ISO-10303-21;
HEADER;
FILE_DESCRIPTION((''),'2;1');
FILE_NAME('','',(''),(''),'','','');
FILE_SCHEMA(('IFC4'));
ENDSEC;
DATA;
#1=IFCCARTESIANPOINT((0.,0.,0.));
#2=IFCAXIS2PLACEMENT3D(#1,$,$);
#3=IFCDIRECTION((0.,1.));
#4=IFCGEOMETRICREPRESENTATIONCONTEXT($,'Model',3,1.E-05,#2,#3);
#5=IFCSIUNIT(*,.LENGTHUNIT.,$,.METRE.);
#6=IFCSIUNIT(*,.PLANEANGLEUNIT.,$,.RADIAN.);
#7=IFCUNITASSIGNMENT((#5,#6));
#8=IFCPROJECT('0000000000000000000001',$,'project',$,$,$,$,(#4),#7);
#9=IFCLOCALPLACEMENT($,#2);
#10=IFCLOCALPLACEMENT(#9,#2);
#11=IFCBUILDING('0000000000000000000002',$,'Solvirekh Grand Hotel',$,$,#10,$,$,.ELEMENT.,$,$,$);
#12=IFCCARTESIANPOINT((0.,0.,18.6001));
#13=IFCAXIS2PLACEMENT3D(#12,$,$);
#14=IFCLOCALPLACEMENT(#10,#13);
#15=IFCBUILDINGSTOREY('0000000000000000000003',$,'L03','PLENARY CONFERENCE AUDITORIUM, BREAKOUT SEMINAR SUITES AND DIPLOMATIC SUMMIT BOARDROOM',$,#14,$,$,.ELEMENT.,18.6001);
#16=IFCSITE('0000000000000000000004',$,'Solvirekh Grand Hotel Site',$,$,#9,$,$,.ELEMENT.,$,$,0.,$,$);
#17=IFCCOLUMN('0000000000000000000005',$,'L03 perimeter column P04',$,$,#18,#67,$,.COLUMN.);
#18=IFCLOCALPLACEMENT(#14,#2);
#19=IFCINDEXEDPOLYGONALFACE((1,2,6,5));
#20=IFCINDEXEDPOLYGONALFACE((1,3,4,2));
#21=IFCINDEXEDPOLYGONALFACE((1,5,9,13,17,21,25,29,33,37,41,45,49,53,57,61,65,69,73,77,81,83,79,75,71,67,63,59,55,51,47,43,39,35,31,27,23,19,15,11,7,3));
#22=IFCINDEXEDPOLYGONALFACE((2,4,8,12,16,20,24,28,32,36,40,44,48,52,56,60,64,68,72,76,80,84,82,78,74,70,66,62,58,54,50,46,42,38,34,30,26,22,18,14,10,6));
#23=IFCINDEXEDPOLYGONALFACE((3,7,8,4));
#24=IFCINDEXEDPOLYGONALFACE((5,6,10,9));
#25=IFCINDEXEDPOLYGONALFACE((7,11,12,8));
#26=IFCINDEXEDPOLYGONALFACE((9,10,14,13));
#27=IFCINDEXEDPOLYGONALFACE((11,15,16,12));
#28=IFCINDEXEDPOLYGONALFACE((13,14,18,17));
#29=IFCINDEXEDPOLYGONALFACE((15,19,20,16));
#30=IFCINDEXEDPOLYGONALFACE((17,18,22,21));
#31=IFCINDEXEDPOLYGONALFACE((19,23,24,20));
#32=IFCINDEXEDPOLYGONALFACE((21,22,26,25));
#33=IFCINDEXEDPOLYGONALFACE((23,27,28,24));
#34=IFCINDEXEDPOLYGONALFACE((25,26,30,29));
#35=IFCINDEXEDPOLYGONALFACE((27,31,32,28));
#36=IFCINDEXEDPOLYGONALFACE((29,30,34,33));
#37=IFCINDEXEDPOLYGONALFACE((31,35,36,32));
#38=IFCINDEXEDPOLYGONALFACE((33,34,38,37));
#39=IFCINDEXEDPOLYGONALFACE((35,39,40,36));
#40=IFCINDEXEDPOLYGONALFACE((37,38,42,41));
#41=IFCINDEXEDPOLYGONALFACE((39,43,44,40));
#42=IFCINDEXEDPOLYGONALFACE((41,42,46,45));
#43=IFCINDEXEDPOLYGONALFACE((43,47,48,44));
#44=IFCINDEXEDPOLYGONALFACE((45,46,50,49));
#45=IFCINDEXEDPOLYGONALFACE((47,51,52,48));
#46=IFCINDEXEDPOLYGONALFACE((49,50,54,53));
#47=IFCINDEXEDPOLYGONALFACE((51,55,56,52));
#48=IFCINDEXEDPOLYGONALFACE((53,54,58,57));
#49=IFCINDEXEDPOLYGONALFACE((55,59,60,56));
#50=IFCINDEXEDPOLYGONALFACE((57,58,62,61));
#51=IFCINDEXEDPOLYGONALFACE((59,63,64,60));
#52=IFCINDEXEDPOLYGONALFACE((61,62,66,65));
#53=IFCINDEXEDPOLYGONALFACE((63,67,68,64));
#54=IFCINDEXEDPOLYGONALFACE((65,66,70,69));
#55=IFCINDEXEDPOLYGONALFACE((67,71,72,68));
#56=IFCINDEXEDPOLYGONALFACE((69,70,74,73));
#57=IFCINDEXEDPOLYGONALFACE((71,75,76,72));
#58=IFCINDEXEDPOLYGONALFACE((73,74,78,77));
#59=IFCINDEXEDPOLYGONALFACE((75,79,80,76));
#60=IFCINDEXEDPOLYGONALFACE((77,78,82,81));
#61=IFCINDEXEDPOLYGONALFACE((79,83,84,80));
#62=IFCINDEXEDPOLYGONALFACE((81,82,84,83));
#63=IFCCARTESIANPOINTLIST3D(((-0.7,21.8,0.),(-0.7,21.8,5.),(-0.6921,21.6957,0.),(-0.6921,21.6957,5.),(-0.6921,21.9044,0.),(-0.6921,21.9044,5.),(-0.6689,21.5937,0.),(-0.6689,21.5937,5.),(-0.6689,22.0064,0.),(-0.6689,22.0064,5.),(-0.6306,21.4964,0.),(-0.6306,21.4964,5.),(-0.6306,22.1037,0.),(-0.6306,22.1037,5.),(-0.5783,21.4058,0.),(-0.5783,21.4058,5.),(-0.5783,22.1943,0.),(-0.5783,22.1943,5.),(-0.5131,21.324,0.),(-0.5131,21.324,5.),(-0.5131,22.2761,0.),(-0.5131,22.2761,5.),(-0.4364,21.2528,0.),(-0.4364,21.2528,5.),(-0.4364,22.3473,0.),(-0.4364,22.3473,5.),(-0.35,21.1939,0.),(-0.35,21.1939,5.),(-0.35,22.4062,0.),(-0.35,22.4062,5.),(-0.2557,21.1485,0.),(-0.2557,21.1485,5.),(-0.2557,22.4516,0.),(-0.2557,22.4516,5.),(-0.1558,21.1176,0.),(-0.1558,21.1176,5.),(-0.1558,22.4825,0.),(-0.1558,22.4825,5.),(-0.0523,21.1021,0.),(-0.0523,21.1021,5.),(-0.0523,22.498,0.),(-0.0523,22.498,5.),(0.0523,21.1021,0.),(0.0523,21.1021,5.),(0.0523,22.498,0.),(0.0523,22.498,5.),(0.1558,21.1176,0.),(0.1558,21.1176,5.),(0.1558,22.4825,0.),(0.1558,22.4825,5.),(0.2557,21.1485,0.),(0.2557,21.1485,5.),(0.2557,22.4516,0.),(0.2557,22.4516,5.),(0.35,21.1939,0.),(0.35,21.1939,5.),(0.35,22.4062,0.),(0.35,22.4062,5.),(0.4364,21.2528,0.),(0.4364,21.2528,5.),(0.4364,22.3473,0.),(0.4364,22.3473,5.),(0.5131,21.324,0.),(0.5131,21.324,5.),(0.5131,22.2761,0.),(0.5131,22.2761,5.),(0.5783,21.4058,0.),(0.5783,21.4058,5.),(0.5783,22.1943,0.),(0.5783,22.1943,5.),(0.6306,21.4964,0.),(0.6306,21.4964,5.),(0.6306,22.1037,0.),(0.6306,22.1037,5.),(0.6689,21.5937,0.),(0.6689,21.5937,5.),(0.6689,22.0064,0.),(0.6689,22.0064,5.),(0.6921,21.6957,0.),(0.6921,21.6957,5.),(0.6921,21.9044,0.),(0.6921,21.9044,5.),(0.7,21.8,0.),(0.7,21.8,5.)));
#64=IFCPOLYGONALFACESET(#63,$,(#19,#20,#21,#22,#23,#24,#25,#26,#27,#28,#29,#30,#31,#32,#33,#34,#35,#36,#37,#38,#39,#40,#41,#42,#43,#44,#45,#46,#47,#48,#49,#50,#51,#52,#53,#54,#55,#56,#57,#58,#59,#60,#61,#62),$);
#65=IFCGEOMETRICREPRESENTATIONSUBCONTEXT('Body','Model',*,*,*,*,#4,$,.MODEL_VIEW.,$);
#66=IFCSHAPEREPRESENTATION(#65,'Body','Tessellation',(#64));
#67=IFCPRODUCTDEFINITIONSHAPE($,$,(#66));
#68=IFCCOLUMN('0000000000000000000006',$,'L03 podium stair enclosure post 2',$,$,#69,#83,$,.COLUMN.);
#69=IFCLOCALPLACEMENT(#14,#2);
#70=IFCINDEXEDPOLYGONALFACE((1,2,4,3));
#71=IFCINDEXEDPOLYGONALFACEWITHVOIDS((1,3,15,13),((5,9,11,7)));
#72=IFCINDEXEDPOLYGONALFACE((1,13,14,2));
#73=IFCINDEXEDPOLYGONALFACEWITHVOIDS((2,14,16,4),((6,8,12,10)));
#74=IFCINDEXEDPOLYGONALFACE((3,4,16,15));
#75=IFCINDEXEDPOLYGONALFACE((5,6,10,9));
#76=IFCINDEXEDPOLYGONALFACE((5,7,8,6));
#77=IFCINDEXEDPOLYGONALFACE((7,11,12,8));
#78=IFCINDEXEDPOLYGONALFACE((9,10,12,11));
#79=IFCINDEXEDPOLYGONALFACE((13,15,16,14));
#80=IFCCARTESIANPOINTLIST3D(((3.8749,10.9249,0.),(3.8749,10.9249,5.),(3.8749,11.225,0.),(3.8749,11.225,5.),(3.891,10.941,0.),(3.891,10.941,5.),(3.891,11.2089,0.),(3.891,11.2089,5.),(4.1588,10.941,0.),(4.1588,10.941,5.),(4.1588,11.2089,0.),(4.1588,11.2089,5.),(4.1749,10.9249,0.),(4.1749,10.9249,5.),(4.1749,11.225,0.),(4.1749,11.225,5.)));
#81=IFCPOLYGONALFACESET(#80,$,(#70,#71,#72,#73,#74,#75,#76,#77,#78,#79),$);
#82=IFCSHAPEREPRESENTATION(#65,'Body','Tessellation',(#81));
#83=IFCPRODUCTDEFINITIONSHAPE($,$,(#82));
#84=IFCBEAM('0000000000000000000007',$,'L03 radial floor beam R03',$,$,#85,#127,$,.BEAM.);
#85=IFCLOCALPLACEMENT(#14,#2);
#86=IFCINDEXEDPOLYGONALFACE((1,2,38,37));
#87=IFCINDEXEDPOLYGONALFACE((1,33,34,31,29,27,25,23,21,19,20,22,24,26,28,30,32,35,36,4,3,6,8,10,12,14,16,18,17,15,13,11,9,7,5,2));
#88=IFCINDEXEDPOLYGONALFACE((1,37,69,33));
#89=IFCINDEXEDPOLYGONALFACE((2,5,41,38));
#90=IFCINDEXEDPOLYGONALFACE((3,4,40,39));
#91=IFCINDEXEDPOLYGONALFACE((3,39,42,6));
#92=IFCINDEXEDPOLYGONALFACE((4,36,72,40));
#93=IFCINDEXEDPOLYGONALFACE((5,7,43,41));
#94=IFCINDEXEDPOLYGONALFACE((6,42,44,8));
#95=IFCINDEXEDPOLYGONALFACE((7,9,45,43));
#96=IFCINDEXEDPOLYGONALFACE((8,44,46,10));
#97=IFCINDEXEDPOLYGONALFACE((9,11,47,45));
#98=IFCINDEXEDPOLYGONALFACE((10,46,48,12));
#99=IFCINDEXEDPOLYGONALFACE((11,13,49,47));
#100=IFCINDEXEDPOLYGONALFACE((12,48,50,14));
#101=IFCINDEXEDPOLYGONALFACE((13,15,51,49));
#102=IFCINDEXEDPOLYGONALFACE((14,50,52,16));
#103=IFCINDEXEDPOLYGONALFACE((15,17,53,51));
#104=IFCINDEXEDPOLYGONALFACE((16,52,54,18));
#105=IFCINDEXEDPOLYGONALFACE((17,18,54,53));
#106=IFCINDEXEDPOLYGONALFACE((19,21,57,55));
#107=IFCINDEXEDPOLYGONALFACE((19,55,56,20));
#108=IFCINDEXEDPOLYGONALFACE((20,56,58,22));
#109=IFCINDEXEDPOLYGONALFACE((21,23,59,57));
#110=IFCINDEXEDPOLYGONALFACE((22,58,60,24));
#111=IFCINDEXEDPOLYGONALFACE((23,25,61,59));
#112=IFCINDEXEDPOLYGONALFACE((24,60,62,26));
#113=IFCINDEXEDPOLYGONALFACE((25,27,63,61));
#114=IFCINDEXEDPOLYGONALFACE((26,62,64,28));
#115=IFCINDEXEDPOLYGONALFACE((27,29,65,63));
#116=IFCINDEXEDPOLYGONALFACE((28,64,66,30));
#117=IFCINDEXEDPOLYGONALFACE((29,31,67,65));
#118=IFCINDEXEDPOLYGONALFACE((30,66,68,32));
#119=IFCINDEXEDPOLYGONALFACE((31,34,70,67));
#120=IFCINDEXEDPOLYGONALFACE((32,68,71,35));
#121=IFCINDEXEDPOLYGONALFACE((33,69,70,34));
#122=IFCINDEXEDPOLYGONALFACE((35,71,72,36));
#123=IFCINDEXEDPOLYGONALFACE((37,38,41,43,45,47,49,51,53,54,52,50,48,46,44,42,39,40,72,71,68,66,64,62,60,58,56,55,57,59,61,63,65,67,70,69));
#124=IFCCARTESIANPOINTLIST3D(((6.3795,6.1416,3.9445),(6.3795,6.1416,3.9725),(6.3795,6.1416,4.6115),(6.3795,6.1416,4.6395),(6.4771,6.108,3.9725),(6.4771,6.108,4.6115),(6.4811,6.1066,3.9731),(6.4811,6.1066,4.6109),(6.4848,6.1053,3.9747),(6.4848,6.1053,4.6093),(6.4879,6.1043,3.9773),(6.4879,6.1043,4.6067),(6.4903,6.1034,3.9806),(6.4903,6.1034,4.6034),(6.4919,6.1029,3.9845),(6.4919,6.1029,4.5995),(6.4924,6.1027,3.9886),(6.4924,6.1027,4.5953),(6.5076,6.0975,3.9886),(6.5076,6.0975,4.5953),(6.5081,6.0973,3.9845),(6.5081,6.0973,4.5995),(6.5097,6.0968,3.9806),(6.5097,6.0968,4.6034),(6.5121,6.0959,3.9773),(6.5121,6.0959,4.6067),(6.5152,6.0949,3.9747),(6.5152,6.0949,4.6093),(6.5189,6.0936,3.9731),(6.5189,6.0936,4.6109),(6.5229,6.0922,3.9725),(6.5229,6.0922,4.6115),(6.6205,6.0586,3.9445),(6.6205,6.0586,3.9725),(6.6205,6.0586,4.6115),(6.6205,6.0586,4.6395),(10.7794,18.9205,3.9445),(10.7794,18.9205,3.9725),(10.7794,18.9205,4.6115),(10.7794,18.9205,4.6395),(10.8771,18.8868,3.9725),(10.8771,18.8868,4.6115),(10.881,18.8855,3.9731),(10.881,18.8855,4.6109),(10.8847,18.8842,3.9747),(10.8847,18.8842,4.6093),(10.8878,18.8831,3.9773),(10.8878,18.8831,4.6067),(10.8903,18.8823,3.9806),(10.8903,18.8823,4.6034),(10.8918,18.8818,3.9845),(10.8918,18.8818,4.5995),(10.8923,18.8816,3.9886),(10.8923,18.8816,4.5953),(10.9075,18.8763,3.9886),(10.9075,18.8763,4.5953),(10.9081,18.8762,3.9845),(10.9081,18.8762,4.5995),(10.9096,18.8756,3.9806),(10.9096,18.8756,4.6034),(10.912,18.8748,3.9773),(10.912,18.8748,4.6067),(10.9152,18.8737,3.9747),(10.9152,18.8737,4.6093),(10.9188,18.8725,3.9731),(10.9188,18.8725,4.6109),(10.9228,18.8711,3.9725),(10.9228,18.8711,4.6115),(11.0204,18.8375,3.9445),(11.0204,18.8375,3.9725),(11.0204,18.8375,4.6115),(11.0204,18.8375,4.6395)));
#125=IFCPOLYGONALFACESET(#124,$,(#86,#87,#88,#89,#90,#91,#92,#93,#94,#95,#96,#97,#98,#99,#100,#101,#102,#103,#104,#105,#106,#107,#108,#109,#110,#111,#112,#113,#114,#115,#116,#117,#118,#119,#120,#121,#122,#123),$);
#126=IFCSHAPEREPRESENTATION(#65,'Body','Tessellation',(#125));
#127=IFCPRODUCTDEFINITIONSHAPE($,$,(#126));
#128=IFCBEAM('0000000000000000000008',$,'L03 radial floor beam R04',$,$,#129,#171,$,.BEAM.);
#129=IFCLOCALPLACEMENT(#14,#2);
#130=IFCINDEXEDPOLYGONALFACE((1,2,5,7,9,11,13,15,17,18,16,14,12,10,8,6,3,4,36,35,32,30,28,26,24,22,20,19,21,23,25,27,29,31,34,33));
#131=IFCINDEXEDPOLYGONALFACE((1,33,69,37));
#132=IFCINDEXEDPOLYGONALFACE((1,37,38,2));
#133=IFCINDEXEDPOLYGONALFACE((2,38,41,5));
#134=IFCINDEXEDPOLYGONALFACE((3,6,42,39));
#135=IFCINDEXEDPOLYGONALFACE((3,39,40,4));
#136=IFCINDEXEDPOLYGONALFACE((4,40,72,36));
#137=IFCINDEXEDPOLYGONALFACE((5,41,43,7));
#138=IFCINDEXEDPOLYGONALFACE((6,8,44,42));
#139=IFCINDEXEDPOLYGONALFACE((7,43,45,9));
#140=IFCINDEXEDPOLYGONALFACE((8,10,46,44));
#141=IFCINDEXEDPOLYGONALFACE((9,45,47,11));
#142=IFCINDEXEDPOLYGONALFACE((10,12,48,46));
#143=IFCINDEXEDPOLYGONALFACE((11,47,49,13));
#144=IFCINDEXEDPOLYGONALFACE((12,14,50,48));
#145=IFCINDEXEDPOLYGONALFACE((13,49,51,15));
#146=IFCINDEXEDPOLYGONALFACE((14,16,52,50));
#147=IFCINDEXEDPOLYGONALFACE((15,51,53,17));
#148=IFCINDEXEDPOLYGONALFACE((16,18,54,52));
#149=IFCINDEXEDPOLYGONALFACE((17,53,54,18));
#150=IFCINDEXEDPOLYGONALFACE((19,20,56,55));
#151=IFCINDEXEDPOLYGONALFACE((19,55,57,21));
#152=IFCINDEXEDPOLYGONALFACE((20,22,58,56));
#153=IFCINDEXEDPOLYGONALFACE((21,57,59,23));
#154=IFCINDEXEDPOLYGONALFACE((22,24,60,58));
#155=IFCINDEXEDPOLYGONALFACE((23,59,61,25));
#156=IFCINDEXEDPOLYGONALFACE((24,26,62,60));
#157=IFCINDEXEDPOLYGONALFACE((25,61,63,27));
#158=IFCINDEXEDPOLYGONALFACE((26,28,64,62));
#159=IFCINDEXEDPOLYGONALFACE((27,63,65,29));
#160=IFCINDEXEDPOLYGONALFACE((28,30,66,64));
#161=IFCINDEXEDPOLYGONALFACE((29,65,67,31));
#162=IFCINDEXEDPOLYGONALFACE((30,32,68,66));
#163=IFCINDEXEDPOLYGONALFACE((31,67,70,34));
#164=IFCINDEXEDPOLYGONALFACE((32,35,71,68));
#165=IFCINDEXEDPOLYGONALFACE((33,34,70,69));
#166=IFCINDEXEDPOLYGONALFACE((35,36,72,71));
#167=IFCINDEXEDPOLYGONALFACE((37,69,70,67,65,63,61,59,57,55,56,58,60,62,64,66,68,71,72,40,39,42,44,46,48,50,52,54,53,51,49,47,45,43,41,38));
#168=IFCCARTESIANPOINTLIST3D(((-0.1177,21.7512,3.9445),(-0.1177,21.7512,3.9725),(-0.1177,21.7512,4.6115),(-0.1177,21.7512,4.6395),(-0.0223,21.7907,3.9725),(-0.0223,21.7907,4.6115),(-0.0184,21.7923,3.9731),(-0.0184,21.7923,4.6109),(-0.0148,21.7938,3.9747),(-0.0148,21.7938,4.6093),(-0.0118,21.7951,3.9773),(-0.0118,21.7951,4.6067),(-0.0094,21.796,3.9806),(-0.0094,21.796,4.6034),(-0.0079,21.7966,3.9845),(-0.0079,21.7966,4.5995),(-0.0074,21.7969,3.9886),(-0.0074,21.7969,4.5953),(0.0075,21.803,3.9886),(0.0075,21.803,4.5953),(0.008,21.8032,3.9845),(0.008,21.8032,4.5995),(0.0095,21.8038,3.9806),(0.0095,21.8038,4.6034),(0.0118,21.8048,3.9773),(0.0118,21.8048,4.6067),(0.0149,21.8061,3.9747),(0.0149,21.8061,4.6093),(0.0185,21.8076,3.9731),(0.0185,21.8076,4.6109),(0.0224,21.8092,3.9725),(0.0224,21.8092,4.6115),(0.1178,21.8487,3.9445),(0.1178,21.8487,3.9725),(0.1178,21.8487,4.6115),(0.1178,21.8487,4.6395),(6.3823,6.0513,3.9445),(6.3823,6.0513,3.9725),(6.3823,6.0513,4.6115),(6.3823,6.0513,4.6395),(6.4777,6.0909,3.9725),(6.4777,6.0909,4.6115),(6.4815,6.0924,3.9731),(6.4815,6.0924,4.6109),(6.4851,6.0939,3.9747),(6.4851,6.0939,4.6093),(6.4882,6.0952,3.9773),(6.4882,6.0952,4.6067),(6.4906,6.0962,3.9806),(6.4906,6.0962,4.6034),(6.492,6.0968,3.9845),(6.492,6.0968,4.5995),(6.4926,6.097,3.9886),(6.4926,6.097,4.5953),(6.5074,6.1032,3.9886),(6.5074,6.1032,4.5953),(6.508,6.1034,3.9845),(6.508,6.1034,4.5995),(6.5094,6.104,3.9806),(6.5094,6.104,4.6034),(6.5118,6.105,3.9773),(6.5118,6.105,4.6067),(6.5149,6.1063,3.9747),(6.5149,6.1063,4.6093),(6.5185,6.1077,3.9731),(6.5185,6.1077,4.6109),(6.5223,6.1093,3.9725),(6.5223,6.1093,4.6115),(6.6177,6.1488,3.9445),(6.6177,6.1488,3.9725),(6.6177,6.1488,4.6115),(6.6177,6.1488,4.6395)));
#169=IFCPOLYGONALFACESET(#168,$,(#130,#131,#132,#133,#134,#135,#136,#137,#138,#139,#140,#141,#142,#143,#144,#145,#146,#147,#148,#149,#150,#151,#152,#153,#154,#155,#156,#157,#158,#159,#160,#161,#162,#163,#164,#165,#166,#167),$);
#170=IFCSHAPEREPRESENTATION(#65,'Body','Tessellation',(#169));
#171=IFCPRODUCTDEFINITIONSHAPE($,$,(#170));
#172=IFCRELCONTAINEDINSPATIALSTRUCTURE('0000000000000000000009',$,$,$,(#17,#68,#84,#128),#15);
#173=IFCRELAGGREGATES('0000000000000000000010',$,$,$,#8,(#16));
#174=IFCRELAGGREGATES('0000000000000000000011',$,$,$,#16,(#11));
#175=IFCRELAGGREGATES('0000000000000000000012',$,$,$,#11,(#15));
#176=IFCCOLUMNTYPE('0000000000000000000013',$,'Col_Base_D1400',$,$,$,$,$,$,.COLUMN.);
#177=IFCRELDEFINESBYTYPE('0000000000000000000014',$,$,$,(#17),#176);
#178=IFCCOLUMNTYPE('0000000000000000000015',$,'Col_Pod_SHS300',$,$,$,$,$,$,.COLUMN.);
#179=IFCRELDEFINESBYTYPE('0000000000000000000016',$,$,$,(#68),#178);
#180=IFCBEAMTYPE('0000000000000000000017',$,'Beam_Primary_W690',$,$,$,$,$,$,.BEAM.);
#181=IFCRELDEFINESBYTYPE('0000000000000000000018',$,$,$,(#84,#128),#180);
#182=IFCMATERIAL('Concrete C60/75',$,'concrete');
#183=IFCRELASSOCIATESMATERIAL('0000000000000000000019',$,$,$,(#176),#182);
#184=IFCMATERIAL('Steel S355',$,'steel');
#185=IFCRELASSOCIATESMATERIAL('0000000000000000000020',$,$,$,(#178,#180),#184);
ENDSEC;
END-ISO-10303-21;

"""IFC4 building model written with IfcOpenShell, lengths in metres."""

from ifc_helpers import new_model, si_unit, direction, frame, origin, origin_2d, place, context, subcontext, project, spatial, hollow_rectangle, circle, i_section, extrude, material, material_profile, profile_set, type_object, element, save


model = new_model("IFC4")

# Units and contexts
model_context = context("Model", 3, precision=1e-05, world=origin(), true_north=direction((0.0, 1.0)))
body_context = subcontext(model_context, "Body", "Model", "MODEL_VIEW")
ifc_project = project(units=[si_unit("LENGTHUNIT", "METRE"), si_unit("PLANEANGLEUNIT", "RADIAN")], contexts=[model_context])

# Site, building, storey
site_placement = place(None, origin())
site = spatial("IfcSite", under=ifc_project, at=site_placement, Name="Solvirekh Grand Hotel Site", CompositionType="ELEMENT", RefElevation=0.0)
building_placement = place(site_placement, origin())
building = spatial("IfcBuilding", under=site, at=building_placement, Name="Solvirekh Grand Hotel", CompositionType="ELEMENT")
storey_placement = place(building_placement, frame((0.0, 0.0, 18.6001)))
storey = spatial("IfcBuildingStorey", under=building, at=storey_placement, Name="L03", Description="PLENARY CONFERENCE AUDITORIUM, BREAKOUT SEMINAR SUITES AND DIPLOMATIC SUMMIT BOARDROOM", CompositionType="ELEMENT", Elevation=18.6001)

# Columns
ifc_material_1 = material(Name="Concrete C60/75", Category="concrete")
ifc_material_profile_1 = material_profile(ifc_material_1, circle(Radius=0.7, at=origin_2d()), Name="RC CIRC D1400")
ifc_profile_set_1 = profile_set([ifc_material_profile_1], Name="Concrete C60/75")
column_type_1 = type_object("IfcColumnType", Name="Col_Base_D1400", PredefinedType="COLUMN", material=ifc_profile_set_1)
column_1_placement = place(storey_placement, frame((0.0, 21.8, 0.0), z_axis=(0.0, 0.0, 1.0), x_axis=(1.0, 0.0, 0.0)))
element("IfcColumn", 1, at=column_1_placement, inside=storey, type_object=column_type_1, Name="L03 perimeter column P04", PredefinedType="COLUMN", context=body_context, shape_type="SweptSolid", body=[
    extrude(circle(Radius=0.7, at=origin_2d()), origin(), (0.0, 0.0, 1.0), 5.0),
])
ifc_material_2 = material(Name="Steel S355", Category="steel")
ifc_material_profile_2 = material_profile(ifc_material_2, hollow_rectangle(XDim=0.3, YDim=0.3, WallThickness=0.0161, at=origin_2d()), Name="SHS 300X300X16")
ifc_profile_set_2 = profile_set([ifc_material_profile_2], Name="Steel S355")
column_type_2 = type_object("IfcColumnType", Name="Col_Pod_SHS300", PredefinedType="COLUMN", material=ifc_profile_set_2)
column_2_placement = place(storey_placement, frame((4.0249, 11.075, 0.0), z_axis=(0.0, 0.0, 1.0), x_axis=(1.0, 0.0, 0.0)))
element("IfcColumn", 2, at=column_2_placement, inside=storey, type_object=column_type_2, Name="L03 podium stair enclosure post 2", PredefinedType="COLUMN", context=body_context, shape_type="SweptSolid", body=[
    extrude(hollow_rectangle(XDim=0.3, YDim=0.3, WallThickness=0.0161, at=origin_2d()), origin(), (0.0, 0.0, 1.0), 5.0),
])

# Beams
ifc_material_profile_3 = material_profile(ifc_material_2, i_section(OverallWidth=0.2549, OverallDepth=0.6951, WebThickness=0.0161, FlangeThickness=0.0281, FilletRadius=0.0161, at=origin_2d()), Name="W690X217")
ifc_profile_set_3 = profile_set([ifc_material_profile_3], Name="Steel S355")
beam_type_1 = type_object("IfcBeamType", Name="Beam_Primary_W690", PredefinedType="BEAM", material=ifc_profile_set_3)
beam_1_placement = place(storey_placement, frame((6.5, 6.1001, 4.292), z_axis=(0.325555, 0.945523, 0.0), x_axis=(-0.945523, 0.325555, 0.0)))
element("IfcBeam", 3, at=beam_1_placement, inside=storey, type_object=beam_type_1, Name="L03 radial floor beam R03", PredefinedType="BEAM", context=body_context, shape_type="SweptSolid", body=[
    extrude(i_section(OverallWidth=0.2549, OverallDepth=0.6951, WebThickness=0.0161, FlangeThickness=0.0281, FilletRadius=0.0161, at=origin_2d()), origin(), (0.0, 0.0, 1.0), 13.5151),
])
beam_2_placement = place(storey_placement, frame((6.5, 6.1001, 4.292), z_axis=(-0.382526, 0.923945, 0.0), x_axis=(-0.923945, -0.382526, 0.0)))
element("IfcBeam", 4, at=beam_2_placement, inside=storey, type_object=beam_type_1, Name="L03 radial floor beam R04", PredefinedType="BEAM", context=body_context, shape_type="SweptSolid", body=[
    extrude(i_section(OverallWidth=0.2549, OverallDepth=0.6951, WebThickness=0.0161, FlangeThickness=0.0281, FilletRadius=0.0161, at=origin_2d()), origin(), (0.0, 0.0, 1.0), 16.9922),
])

save(model, "model.ifc")
